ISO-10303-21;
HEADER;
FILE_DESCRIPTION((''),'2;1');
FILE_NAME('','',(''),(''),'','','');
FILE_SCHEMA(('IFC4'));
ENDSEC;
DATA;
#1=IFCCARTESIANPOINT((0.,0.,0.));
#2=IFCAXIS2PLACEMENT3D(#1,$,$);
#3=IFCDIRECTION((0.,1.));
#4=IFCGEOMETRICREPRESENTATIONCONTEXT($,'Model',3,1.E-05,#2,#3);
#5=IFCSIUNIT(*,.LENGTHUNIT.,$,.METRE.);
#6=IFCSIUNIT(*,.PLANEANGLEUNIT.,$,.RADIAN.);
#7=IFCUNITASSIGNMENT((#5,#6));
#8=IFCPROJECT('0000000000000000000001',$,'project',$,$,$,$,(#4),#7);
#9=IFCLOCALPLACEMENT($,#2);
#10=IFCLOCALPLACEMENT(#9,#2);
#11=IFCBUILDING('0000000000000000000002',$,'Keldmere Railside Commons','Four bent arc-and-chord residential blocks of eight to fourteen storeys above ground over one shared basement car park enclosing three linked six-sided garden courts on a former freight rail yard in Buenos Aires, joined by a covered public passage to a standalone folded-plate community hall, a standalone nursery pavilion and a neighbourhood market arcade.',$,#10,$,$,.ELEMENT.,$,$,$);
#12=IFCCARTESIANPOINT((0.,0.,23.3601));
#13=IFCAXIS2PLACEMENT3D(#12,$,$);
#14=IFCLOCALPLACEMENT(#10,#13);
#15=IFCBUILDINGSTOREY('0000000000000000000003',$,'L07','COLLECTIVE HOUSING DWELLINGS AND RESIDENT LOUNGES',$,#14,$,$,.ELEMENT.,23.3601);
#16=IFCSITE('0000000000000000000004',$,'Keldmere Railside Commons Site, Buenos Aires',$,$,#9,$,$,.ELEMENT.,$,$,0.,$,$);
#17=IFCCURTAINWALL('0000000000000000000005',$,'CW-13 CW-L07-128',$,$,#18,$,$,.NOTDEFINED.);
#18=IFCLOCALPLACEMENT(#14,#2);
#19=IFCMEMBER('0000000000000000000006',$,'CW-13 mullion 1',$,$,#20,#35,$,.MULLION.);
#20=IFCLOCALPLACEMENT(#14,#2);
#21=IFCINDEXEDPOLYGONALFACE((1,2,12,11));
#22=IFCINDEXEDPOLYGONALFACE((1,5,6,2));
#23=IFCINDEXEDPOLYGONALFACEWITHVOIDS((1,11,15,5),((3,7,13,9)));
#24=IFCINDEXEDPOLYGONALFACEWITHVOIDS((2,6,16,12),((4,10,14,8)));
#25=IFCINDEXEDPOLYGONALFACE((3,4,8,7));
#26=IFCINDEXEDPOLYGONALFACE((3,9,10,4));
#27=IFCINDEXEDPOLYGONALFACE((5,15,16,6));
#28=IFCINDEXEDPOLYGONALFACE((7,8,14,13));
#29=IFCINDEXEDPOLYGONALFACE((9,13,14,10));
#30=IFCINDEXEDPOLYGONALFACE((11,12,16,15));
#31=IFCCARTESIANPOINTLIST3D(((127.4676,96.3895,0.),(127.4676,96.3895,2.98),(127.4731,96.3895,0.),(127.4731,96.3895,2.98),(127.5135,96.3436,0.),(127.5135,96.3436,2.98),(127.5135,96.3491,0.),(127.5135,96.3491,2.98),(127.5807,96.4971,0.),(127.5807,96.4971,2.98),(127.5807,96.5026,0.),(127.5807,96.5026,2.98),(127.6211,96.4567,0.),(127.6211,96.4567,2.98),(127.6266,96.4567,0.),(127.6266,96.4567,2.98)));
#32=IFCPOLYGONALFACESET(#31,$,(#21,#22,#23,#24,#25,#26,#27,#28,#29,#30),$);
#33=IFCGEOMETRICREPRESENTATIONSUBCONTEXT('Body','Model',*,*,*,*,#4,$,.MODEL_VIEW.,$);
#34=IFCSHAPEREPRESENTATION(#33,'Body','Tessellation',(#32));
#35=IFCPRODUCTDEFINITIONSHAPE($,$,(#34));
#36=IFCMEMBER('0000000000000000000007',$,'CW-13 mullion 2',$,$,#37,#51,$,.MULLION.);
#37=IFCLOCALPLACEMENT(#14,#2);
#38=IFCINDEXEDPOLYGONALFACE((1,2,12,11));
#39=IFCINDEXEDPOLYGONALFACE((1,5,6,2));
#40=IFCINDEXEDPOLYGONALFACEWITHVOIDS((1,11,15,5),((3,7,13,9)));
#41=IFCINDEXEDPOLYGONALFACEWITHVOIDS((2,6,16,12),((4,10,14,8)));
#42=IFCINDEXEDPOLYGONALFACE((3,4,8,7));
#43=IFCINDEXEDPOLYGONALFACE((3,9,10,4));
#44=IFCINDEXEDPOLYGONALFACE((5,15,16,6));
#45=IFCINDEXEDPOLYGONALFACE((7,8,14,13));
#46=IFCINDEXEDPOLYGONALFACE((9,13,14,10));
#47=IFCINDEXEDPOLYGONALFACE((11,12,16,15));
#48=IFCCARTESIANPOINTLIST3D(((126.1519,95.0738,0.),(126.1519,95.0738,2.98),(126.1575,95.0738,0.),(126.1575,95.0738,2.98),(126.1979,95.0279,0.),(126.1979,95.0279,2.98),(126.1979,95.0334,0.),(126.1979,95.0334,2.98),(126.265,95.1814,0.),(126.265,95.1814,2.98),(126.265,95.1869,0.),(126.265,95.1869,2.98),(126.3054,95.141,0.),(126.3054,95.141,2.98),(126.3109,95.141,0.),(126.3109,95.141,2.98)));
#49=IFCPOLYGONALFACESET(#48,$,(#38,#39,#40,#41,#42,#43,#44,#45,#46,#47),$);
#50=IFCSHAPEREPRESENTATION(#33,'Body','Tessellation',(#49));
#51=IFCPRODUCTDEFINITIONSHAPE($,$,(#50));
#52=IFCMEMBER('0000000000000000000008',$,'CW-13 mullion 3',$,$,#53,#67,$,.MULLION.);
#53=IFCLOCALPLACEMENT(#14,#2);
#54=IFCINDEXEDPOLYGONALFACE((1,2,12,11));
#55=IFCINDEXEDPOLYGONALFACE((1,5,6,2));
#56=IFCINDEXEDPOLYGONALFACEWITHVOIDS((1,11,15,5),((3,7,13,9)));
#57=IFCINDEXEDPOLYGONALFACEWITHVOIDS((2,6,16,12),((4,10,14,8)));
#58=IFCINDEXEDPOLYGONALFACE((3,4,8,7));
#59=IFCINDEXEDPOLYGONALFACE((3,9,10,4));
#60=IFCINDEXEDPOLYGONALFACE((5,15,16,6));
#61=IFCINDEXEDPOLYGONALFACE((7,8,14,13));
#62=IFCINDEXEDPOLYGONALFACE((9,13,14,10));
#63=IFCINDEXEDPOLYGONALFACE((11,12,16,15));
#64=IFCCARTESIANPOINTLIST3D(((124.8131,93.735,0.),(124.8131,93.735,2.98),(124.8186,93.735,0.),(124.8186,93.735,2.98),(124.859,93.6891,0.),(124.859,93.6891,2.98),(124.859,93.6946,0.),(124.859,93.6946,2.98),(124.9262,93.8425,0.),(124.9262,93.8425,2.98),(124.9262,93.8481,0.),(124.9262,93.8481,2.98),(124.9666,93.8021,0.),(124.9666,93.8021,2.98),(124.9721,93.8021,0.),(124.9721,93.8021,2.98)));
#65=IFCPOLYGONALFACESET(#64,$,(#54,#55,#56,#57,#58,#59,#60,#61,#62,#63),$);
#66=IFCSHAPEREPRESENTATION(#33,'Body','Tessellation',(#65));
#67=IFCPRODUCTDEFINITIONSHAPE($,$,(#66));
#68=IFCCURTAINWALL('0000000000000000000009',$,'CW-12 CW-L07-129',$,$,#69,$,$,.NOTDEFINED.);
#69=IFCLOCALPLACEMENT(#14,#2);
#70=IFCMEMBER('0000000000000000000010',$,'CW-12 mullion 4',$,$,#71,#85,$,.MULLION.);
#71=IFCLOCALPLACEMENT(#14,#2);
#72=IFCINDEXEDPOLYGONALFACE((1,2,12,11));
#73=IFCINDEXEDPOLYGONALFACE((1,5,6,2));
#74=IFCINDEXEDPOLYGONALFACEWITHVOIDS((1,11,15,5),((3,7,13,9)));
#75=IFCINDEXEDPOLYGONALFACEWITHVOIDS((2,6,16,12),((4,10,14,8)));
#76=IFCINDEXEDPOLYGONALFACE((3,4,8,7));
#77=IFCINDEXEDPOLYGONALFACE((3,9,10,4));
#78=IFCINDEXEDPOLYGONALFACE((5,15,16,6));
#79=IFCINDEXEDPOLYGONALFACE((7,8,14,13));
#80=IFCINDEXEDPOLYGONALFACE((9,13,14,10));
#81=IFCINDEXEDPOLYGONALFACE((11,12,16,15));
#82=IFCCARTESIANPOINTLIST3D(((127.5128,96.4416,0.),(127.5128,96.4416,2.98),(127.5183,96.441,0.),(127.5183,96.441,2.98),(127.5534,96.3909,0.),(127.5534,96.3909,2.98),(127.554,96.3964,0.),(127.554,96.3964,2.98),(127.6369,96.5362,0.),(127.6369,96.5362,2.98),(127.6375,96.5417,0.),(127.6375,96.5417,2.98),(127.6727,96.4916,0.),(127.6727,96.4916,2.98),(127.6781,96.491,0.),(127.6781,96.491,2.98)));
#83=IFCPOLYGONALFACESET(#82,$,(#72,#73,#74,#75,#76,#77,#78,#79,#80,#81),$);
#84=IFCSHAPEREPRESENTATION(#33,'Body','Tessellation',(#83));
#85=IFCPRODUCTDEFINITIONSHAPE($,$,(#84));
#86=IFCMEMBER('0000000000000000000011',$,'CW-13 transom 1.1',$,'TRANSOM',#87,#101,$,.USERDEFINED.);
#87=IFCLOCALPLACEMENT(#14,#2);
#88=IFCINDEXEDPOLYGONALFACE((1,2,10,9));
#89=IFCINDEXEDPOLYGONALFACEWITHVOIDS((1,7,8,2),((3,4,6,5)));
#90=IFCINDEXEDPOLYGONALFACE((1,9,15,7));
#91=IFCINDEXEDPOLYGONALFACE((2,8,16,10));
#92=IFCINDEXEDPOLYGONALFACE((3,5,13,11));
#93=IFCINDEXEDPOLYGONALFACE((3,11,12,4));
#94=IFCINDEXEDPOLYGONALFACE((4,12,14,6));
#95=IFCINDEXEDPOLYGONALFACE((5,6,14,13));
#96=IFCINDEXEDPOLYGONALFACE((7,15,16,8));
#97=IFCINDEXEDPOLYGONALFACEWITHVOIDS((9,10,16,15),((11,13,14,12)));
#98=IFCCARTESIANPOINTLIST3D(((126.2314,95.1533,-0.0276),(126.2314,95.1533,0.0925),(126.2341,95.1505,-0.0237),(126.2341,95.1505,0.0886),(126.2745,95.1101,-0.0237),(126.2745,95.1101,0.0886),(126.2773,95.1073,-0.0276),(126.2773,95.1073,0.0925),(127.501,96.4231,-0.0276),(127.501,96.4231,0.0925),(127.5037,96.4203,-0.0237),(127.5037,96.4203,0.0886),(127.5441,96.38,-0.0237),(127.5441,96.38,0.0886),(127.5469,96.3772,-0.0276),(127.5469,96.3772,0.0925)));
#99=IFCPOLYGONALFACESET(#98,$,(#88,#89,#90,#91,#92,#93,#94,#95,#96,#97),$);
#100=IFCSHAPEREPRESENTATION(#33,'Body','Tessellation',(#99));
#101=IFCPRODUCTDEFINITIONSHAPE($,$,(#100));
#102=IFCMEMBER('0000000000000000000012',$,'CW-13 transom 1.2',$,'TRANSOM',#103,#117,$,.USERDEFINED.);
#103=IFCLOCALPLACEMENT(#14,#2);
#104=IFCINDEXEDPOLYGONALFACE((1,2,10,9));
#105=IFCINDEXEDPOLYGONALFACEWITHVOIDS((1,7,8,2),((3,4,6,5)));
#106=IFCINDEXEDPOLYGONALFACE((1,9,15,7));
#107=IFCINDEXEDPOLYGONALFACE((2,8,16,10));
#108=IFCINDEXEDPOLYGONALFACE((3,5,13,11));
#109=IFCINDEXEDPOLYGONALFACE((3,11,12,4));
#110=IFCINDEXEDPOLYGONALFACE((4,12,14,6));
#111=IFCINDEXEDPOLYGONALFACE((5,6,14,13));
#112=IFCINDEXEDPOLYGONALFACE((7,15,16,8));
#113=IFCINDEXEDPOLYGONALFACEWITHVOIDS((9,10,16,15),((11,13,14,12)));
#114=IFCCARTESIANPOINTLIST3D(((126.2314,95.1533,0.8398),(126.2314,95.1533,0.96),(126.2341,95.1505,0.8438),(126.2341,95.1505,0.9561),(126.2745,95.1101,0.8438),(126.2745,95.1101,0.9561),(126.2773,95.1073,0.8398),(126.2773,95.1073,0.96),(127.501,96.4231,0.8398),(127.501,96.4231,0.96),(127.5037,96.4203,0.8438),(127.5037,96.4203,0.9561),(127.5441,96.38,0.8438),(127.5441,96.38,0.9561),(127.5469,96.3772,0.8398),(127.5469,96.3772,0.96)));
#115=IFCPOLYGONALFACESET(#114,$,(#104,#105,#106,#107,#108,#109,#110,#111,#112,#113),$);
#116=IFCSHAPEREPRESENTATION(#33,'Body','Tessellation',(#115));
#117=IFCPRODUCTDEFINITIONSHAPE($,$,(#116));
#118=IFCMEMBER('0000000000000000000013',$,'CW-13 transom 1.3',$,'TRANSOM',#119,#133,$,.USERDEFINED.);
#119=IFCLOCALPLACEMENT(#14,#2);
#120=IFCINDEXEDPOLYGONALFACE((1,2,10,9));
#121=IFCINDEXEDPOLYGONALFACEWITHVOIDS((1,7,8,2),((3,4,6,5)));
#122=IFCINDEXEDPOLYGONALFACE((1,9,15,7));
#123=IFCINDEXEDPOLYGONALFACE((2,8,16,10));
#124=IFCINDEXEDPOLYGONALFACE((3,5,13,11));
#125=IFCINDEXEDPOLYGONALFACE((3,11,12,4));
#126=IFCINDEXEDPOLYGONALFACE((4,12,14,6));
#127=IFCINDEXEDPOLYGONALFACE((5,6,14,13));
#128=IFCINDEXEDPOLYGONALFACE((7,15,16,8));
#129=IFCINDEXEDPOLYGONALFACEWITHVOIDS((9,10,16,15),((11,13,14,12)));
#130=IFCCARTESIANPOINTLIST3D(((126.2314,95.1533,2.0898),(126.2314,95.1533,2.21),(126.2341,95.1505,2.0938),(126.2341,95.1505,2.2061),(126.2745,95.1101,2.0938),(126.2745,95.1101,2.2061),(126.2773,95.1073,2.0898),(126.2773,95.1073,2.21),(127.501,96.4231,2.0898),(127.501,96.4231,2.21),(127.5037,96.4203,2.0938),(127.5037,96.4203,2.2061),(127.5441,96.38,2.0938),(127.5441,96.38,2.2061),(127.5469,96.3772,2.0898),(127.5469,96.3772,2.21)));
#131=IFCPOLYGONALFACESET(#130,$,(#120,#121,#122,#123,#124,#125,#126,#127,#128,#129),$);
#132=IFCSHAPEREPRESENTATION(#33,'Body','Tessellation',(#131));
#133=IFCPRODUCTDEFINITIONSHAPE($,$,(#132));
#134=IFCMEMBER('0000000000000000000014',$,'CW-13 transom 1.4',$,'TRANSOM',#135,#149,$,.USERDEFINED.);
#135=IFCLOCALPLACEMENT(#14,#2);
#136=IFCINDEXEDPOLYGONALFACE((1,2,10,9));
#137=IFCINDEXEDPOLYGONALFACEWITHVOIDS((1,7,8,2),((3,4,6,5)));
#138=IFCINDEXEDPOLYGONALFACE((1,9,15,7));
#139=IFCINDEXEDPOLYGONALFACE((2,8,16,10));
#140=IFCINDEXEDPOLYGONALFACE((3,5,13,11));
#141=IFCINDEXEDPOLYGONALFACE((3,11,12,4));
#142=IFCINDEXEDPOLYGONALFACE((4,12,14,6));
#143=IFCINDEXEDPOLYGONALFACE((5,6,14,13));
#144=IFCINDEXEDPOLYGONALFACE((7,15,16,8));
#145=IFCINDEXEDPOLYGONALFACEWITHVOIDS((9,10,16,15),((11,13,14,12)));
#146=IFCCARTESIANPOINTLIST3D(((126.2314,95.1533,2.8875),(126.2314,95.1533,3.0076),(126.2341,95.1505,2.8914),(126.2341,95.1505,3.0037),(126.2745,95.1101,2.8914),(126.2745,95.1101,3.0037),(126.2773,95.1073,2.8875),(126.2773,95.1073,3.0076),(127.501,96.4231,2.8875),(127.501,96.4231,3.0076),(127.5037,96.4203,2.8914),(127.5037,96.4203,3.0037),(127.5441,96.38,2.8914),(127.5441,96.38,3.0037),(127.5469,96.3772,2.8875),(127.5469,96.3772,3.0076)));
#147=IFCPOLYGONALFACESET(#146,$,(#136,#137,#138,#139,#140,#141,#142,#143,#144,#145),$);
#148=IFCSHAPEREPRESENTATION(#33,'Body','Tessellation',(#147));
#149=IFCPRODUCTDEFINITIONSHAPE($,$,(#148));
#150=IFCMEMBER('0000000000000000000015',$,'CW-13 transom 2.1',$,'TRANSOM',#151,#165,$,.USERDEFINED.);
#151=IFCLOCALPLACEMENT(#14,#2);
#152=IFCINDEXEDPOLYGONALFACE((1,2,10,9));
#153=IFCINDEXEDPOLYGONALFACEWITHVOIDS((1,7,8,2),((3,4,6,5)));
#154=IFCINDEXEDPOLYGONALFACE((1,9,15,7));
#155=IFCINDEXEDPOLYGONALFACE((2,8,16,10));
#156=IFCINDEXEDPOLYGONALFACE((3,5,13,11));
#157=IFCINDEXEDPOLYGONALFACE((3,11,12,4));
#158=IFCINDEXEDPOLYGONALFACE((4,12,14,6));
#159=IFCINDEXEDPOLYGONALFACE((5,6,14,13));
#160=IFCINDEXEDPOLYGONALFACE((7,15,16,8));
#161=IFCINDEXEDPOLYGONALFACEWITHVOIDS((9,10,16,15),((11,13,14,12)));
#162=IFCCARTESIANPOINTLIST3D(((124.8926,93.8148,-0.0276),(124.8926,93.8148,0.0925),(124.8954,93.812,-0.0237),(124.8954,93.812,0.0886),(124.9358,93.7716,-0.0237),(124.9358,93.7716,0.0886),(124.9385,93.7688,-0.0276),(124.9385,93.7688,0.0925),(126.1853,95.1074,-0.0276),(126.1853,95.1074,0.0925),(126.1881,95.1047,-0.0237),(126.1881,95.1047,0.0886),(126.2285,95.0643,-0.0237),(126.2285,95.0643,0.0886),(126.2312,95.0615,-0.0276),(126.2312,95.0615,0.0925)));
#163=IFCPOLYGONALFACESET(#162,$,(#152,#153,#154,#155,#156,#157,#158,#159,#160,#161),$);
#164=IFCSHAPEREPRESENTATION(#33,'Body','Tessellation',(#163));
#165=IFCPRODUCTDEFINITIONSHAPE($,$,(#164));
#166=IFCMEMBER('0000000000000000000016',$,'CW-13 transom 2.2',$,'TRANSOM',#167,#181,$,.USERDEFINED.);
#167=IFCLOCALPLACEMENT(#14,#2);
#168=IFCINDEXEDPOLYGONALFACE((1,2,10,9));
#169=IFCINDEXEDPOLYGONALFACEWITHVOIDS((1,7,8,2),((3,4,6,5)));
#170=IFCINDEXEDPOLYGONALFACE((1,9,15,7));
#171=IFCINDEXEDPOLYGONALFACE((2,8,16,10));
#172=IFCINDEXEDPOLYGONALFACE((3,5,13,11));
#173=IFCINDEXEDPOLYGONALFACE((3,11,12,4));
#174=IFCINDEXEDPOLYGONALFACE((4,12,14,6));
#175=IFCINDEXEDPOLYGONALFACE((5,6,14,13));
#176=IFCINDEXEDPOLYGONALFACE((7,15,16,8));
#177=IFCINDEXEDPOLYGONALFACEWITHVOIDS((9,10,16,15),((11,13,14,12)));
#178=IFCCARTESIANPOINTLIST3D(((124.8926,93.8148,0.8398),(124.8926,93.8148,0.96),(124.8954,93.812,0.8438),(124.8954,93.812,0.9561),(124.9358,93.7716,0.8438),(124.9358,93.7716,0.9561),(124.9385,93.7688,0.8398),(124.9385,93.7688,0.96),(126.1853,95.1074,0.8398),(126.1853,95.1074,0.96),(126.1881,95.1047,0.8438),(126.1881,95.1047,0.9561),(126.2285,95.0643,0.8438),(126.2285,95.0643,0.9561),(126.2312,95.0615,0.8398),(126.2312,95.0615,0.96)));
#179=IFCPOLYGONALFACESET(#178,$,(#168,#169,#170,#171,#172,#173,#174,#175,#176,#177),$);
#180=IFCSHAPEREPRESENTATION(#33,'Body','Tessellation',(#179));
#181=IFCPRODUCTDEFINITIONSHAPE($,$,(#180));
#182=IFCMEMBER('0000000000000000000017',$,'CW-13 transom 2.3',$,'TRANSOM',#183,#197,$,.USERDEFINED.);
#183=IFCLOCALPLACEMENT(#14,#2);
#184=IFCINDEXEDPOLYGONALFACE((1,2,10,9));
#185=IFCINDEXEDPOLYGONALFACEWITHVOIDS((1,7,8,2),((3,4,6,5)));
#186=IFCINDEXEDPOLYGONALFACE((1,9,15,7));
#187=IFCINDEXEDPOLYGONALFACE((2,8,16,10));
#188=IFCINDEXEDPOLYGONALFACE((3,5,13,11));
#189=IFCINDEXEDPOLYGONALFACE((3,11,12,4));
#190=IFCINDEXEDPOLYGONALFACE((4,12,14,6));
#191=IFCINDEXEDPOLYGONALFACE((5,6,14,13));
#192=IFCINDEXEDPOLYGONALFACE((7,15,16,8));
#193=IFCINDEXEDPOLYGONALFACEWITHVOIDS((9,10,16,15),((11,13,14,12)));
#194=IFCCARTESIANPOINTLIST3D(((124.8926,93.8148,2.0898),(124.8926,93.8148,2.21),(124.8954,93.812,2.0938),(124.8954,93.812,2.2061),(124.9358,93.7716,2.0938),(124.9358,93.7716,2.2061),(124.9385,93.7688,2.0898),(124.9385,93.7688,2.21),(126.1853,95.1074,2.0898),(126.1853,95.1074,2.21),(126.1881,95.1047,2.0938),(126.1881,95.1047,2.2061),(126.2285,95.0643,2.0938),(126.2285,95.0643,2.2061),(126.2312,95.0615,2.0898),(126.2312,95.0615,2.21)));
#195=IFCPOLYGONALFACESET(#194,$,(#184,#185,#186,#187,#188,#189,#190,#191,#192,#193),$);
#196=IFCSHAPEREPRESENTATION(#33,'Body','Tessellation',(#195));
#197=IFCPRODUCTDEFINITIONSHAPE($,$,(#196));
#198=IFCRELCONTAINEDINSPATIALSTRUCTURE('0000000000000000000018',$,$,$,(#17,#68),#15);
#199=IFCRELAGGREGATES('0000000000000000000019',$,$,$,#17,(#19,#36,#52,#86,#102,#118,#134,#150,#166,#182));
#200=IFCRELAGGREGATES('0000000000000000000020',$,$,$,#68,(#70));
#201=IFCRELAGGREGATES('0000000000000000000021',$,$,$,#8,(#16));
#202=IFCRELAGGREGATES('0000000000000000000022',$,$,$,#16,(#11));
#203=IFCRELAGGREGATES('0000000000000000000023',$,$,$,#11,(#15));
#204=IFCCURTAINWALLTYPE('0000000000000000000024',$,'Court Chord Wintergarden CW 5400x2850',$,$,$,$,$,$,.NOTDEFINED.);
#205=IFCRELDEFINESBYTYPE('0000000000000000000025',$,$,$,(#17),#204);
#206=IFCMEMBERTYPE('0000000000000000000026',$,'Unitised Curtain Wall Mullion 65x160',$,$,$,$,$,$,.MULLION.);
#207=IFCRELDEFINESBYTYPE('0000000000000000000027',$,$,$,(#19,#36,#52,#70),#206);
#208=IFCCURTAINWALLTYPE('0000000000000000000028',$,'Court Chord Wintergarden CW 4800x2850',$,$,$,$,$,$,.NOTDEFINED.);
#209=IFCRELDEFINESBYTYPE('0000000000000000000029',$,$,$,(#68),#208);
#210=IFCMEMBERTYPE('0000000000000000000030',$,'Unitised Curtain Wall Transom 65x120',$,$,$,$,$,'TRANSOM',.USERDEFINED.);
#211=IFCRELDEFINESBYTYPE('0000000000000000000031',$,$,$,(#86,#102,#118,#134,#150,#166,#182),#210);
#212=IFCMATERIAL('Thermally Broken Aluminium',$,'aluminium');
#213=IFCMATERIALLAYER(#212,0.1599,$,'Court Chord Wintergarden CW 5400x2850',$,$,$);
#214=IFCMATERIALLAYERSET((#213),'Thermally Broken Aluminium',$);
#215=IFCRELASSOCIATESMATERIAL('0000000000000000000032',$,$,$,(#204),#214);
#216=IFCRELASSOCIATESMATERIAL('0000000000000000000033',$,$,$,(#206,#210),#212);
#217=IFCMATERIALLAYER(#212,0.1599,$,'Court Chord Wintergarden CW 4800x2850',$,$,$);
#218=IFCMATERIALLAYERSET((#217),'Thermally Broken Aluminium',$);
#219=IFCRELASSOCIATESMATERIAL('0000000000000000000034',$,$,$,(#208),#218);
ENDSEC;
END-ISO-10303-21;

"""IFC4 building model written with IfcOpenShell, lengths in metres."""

from ifc_helpers import new_model, si_unit, direction, frame, origin, origin_2d, place, context, subcontext, project, spatial, hollow_rectangle, extrude, material, layer, layer_set, material_profile, profile_set, type_object, element, aggregate, save


model = new_model("IFC4")

# Units and contexts
model_context = context("Model", 3, precision=1e-05, world=origin(), true_north=direction((0.0, 1.0)))
body_context = subcontext(model_context, "Body", "Model", "MODEL_VIEW")
ifc_project = project(units=[si_unit("LENGTHUNIT", "METRE"), si_unit("PLANEANGLEUNIT", "RADIAN")], contexts=[model_context])

# Site, building, storey
site_placement = place(None, origin())
site = spatial("IfcSite", under=ifc_project, at=site_placement, Name="Keldmere Railside Commons Site, Buenos Aires", CompositionType="ELEMENT", RefElevation=0.0)
building_placement = place(site_placement, origin())
building = spatial("IfcBuilding", under=site, at=building_placement, Name="Keldmere Railside Commons", Description="Four bent arc-and-chord residential blocks of eight to fourteen storeys above ground over one shared basement car park enclosing three linked six-sided garden courts on a former freight rail yard in Buenos Aires, joined by a covered public passage to a standalone folded-plate community hall, a standalone nursery pavilion and a neighbourhood market arcade.", CompositionType="ELEMENT")
storey_placement = place(building_placement, frame((0.0, 0.0, 23.3601)))
storey = spatial("IfcBuildingStorey", under=building, at=storey_placement, Name="L07", Description="COLLECTIVE HOUSING DWELLINGS AND RESIDENT LOUNGES", CompositionType="ELEMENT", Elevation=23.3601)

# Curtain wall, members
ifc_material_1 = material(Name="Thermally Broken Aluminium", Category="aluminium")
ifc_layer_1 = layer(ifc_material_1, 0.1599, Name="Court Chord Wintergarden CW 5400x2850")
ifc_layer_set_1 = layer_set([ifc_layer_1], Name="Thermally Broken Aluminium")
curtain_wall_type_1 = type_object("IfcCurtainWallType", Name="Court Chord Wintergarden CW 5400x2850", PredefinedType="NOTDEFINED", material=ifc_layer_set_1)
curtain_wall_1_placement = place(storey_placement, origin())
curtain_wall_1 = element("IfcCurtainWall", 1, at=curtain_wall_1_placement, inside=storey, type_object=curtain_wall_type_1, Name="CW-13 CW-L07-128", PredefinedType="NOTDEFINED")
ifc_material_profile_1 = material_profile(ifc_material_1, hollow_rectangle(XDim=0.0649, YDim=0.1599, WallThickness=0.0039, at=origin_2d()), Name="ALU-MULL-65x160")
ifc_profile_set_1 = profile_set([ifc_material_profile_1], Name="Thermally Broken Aluminium")
member_type_1 = type_object("IfcMemberType", Name="Unitised Curtain Wall Mullion 65x160", PredefinedType="MULLION", material=ifc_profile_set_1)
member_1_placement = place(storey_placement, frame((127.5471, 96.4231, 0.0), z_axis=(0.0, 0.0, 1.0), x_axis=(0.707107, -0.707107, 0.0)))
member_1 = element("IfcMember", 2, at=member_1_placement, type_object=member_type_1, Name="CW-13 mullion 1", PredefinedType="MULLION", context=body_context, shape_type="SweptSolid", body=[
    extrude(hollow_rectangle(XDim=0.0649, YDim=0.1599, WallThickness=0.0039, at=origin_2d()), origin(), (0.0, 0.0, 1.0), 2.98),
])
member_2_placement = place(storey_placement, frame((126.2314, 95.1074, 0.0), z_axis=(0.0, 0.0, 1.0), x_axis=(0.707107, -0.707107, 0.0)))
member_2 = element("IfcMember", 3, at=member_2_placement, type_object=member_type_1, Name="CW-13 mullion 2", PredefinedType="MULLION", context=body_context, shape_type="SweptSolid", body=[
    extrude(hollow_rectangle(XDim=0.0649, YDim=0.1599, WallThickness=0.0039, at=origin_2d()), origin(), (0.0, 0.0, 1.0), 2.98),
])
member_3_placement = place(storey_placement, frame((124.8926, 93.7686, 0.0), z_axis=(0.0, 0.0, 1.0), x_axis=(0.707107, -0.707107, 0.0)))
member_3 = element("IfcMember", 4, at=member_3_placement, type_object=member_type_1, Name="CW-13 mullion 3", PredefinedType="MULLION", context=body_context, shape_type="SweptSolid", body=[
    extrude(hollow_rectangle(XDim=0.0649, YDim=0.1599, WallThickness=0.0039, at=origin_2d()), origin(), (0.0, 0.0, 1.0), 2.98),
])

# Curtain wall, member
ifc_layer_2 = layer(ifc_material_1, 0.1599, Name="Court Chord Wintergarden CW 4800x2850")
ifc_layer_set_2 = layer_set([ifc_layer_2], Name="Thermally Broken Aluminium")
curtain_wall_type_2 = type_object("IfcCurtainWallType", Name="Court Chord Wintergarden CW 4800x2850", PredefinedType="NOTDEFINED", material=ifc_layer_set_2)
curtain_wall_2_placement = place(storey_placement, origin())
curtain_wall_2 = element("IfcCurtainWall", 5, at=curtain_wall_2_placement, inside=storey, type_object=curtain_wall_type_2, Name="CW-12 CW-L07-129", PredefinedType="NOTDEFINED")
member_4_placement = place(storey_placement, frame((127.5955, 96.4663, 0.0), z_axis=(0.0, 0.0, 1.0), x_axis=(0.625768, -0.780009, 0.0)))
member_4 = element("IfcMember", 6, at=member_4_placement, type_object=member_type_1, Name="CW-12 mullion 4", PredefinedType="MULLION", context=body_context, shape_type="SweptSolid", body=[
    extrude(hollow_rectangle(XDim=0.0649, YDim=0.1599, WallThickness=0.0039, at=origin_2d()), origin(), (0.0, 0.0, 1.0), 2.98),
])

# Members
ifc_material_profile_2 = material_profile(ifc_material_1, hollow_rectangle(XDim=0.0649, YDim=0.1201, WallThickness=0.0039, at=origin_2d()), Name="ALU-TRAN-65x120")
ifc_profile_set_2 = profile_set([ifc_material_profile_2], Name="Thermally Broken Aluminium")
member_type_2 = type_object("IfcMemberType", Name="Unitised Curtain Wall Transom 65x120", ElementType="TRANSOM", PredefinedType="USERDEFINED", material=ifc_profile_set_2)
member_5_placement = place(storey_placement, frame((127.5239, 96.4001, 0.0325), z_axis=(-0.707039, -0.707175, 0.0), x_axis=(0.707175, -0.707039, 0.0)))
member_5 = element("IfcMember", 7, at=member_5_placement, type_object=member_type_2, Name="CW-13 transom 1.1", ObjectType="TRANSOM", PredefinedType="USERDEFINED", context=body_context, shape_type="SweptSolid", body=[
    extrude(hollow_rectangle(XDim=0.0649, YDim=0.1201, WallThickness=0.0039, at=origin_2d()), origin(), (0.0, 0.0, 1.0), 1.7957),
])
member_6_placement = place(storey_placement, frame((127.5239, 96.4001, 0.8999), z_axis=(-0.707039, -0.707175, 0.0), x_axis=(0.707175, -0.707039, 0.0)))
member_6 = element("IfcMember", 8, at=member_6_placement, type_object=member_type_2, Name="CW-13 transom 1.2", ObjectType="TRANSOM", PredefinedType="USERDEFINED", context=body_context, shape_type="SweptSolid", body=[
    extrude(hollow_rectangle(XDim=0.0649, YDim=0.1201, WallThickness=0.0039, at=origin_2d()), origin(), (0.0, 0.0, 1.0), 1.7957),
])
member_7_placement = place(storey_placement, frame((127.5239, 96.4001, 2.1499), z_axis=(-0.707039, -0.707175, 0.0), x_axis=(0.707175, -0.707039, 0.0)))
member_7 = element("IfcMember", 9, at=member_7_placement, type_object=member_type_2, Name="CW-13 transom 1.3", ObjectType="TRANSOM", PredefinedType="USERDEFINED", context=body_context, shape_type="SweptSolid", body=[
    extrude(hollow_rectangle(XDim=0.0649, YDim=0.1201, WallThickness=0.0039, at=origin_2d()), origin(), (0.0, 0.0, 1.0), 1.7957),
])
member_8_placement = place(storey_placement, frame((127.5239, 96.4001, 2.9475), z_axis=(-0.707039, -0.707175, 0.0), x_axis=(0.707175, -0.707039, 0.0)))
member_8 = element("IfcMember", 10, at=member_8_placement, type_object=member_type_2, Name="CW-13 transom 1.4", ObjectType="TRANSOM", PredefinedType="USERDEFINED", context=body_context, shape_type="SweptSolid", body=[
    extrude(hollow_rectangle(XDim=0.0649, YDim=0.1201, WallThickness=0.0039, at=origin_2d()), origin(), (0.0, 0.0, 1.0), 1.7957),
])
member_9_placement = place(storey_placement, frame((126.2083, 95.0845, 0.0325), z_axis=(-0.707107, -0.707107, 0.0), x_axis=(0.707107, -0.707107, 0.0)))
member_9 = element("IfcMember", 11, at=member_9_placement, type_object=member_type_2, Name="CW-13 transom 2.1", ObjectType="TRANSOM", PredefinedType="USERDEFINED", context=body_context, shape_type="SweptSolid", body=[
    extrude(hollow_rectangle(XDim=0.0649, YDim=0.1201, WallThickness=0.0039, at=origin_2d()), origin(), (0.0, 0.0, 1.0), 1.8281),
])
member_10_placement = place(storey_placement, frame((126.2083, 95.0845, 0.8999), z_axis=(-0.707107, -0.707107, 0.0), x_axis=(0.707107, -0.707107, 0.0)))
member_10 = element("IfcMember", 12, at=member_10_placement, type_object=member_type_2, Name="CW-13 transom 2.2", ObjectType="TRANSOM", PredefinedType="USERDEFINED", context=body_context, shape_type="SweptSolid", body=[
    extrude(hollow_rectangle(XDim=0.0649, YDim=0.1201, WallThickness=0.0039, at=origin_2d()), origin(), (0.0, 0.0, 1.0), 1.8281),
])
member_11_placement = place(storey_placement, frame((126.2083, 95.0845, 2.1499), z_axis=(-0.707107, -0.707107, 0.0), x_axis=(0.707107, -0.707107, 0.0)))
member_11 = element("IfcMember", 13, at=member_11_placement, type_object=member_type_2, Name="CW-13 transom 2.3", ObjectType="TRANSOM", PredefinedType="USERDEFINED", context=body_context, shape_type="SweptSolid", body=[
    extrude(hollow_rectangle(XDim=0.0649, YDim=0.1201, WallThickness=0.0039, at=origin_2d()), origin(), (0.0, 0.0, 1.0), 1.8281),
])

aggregate(curtain_wall_1, [member_1, member_2, member_3, member_5, member_6, member_7, member_8, member_9, member_10, member_11])
aggregate(curtain_wall_2, [member_4])

save(model, "model.ifc")
